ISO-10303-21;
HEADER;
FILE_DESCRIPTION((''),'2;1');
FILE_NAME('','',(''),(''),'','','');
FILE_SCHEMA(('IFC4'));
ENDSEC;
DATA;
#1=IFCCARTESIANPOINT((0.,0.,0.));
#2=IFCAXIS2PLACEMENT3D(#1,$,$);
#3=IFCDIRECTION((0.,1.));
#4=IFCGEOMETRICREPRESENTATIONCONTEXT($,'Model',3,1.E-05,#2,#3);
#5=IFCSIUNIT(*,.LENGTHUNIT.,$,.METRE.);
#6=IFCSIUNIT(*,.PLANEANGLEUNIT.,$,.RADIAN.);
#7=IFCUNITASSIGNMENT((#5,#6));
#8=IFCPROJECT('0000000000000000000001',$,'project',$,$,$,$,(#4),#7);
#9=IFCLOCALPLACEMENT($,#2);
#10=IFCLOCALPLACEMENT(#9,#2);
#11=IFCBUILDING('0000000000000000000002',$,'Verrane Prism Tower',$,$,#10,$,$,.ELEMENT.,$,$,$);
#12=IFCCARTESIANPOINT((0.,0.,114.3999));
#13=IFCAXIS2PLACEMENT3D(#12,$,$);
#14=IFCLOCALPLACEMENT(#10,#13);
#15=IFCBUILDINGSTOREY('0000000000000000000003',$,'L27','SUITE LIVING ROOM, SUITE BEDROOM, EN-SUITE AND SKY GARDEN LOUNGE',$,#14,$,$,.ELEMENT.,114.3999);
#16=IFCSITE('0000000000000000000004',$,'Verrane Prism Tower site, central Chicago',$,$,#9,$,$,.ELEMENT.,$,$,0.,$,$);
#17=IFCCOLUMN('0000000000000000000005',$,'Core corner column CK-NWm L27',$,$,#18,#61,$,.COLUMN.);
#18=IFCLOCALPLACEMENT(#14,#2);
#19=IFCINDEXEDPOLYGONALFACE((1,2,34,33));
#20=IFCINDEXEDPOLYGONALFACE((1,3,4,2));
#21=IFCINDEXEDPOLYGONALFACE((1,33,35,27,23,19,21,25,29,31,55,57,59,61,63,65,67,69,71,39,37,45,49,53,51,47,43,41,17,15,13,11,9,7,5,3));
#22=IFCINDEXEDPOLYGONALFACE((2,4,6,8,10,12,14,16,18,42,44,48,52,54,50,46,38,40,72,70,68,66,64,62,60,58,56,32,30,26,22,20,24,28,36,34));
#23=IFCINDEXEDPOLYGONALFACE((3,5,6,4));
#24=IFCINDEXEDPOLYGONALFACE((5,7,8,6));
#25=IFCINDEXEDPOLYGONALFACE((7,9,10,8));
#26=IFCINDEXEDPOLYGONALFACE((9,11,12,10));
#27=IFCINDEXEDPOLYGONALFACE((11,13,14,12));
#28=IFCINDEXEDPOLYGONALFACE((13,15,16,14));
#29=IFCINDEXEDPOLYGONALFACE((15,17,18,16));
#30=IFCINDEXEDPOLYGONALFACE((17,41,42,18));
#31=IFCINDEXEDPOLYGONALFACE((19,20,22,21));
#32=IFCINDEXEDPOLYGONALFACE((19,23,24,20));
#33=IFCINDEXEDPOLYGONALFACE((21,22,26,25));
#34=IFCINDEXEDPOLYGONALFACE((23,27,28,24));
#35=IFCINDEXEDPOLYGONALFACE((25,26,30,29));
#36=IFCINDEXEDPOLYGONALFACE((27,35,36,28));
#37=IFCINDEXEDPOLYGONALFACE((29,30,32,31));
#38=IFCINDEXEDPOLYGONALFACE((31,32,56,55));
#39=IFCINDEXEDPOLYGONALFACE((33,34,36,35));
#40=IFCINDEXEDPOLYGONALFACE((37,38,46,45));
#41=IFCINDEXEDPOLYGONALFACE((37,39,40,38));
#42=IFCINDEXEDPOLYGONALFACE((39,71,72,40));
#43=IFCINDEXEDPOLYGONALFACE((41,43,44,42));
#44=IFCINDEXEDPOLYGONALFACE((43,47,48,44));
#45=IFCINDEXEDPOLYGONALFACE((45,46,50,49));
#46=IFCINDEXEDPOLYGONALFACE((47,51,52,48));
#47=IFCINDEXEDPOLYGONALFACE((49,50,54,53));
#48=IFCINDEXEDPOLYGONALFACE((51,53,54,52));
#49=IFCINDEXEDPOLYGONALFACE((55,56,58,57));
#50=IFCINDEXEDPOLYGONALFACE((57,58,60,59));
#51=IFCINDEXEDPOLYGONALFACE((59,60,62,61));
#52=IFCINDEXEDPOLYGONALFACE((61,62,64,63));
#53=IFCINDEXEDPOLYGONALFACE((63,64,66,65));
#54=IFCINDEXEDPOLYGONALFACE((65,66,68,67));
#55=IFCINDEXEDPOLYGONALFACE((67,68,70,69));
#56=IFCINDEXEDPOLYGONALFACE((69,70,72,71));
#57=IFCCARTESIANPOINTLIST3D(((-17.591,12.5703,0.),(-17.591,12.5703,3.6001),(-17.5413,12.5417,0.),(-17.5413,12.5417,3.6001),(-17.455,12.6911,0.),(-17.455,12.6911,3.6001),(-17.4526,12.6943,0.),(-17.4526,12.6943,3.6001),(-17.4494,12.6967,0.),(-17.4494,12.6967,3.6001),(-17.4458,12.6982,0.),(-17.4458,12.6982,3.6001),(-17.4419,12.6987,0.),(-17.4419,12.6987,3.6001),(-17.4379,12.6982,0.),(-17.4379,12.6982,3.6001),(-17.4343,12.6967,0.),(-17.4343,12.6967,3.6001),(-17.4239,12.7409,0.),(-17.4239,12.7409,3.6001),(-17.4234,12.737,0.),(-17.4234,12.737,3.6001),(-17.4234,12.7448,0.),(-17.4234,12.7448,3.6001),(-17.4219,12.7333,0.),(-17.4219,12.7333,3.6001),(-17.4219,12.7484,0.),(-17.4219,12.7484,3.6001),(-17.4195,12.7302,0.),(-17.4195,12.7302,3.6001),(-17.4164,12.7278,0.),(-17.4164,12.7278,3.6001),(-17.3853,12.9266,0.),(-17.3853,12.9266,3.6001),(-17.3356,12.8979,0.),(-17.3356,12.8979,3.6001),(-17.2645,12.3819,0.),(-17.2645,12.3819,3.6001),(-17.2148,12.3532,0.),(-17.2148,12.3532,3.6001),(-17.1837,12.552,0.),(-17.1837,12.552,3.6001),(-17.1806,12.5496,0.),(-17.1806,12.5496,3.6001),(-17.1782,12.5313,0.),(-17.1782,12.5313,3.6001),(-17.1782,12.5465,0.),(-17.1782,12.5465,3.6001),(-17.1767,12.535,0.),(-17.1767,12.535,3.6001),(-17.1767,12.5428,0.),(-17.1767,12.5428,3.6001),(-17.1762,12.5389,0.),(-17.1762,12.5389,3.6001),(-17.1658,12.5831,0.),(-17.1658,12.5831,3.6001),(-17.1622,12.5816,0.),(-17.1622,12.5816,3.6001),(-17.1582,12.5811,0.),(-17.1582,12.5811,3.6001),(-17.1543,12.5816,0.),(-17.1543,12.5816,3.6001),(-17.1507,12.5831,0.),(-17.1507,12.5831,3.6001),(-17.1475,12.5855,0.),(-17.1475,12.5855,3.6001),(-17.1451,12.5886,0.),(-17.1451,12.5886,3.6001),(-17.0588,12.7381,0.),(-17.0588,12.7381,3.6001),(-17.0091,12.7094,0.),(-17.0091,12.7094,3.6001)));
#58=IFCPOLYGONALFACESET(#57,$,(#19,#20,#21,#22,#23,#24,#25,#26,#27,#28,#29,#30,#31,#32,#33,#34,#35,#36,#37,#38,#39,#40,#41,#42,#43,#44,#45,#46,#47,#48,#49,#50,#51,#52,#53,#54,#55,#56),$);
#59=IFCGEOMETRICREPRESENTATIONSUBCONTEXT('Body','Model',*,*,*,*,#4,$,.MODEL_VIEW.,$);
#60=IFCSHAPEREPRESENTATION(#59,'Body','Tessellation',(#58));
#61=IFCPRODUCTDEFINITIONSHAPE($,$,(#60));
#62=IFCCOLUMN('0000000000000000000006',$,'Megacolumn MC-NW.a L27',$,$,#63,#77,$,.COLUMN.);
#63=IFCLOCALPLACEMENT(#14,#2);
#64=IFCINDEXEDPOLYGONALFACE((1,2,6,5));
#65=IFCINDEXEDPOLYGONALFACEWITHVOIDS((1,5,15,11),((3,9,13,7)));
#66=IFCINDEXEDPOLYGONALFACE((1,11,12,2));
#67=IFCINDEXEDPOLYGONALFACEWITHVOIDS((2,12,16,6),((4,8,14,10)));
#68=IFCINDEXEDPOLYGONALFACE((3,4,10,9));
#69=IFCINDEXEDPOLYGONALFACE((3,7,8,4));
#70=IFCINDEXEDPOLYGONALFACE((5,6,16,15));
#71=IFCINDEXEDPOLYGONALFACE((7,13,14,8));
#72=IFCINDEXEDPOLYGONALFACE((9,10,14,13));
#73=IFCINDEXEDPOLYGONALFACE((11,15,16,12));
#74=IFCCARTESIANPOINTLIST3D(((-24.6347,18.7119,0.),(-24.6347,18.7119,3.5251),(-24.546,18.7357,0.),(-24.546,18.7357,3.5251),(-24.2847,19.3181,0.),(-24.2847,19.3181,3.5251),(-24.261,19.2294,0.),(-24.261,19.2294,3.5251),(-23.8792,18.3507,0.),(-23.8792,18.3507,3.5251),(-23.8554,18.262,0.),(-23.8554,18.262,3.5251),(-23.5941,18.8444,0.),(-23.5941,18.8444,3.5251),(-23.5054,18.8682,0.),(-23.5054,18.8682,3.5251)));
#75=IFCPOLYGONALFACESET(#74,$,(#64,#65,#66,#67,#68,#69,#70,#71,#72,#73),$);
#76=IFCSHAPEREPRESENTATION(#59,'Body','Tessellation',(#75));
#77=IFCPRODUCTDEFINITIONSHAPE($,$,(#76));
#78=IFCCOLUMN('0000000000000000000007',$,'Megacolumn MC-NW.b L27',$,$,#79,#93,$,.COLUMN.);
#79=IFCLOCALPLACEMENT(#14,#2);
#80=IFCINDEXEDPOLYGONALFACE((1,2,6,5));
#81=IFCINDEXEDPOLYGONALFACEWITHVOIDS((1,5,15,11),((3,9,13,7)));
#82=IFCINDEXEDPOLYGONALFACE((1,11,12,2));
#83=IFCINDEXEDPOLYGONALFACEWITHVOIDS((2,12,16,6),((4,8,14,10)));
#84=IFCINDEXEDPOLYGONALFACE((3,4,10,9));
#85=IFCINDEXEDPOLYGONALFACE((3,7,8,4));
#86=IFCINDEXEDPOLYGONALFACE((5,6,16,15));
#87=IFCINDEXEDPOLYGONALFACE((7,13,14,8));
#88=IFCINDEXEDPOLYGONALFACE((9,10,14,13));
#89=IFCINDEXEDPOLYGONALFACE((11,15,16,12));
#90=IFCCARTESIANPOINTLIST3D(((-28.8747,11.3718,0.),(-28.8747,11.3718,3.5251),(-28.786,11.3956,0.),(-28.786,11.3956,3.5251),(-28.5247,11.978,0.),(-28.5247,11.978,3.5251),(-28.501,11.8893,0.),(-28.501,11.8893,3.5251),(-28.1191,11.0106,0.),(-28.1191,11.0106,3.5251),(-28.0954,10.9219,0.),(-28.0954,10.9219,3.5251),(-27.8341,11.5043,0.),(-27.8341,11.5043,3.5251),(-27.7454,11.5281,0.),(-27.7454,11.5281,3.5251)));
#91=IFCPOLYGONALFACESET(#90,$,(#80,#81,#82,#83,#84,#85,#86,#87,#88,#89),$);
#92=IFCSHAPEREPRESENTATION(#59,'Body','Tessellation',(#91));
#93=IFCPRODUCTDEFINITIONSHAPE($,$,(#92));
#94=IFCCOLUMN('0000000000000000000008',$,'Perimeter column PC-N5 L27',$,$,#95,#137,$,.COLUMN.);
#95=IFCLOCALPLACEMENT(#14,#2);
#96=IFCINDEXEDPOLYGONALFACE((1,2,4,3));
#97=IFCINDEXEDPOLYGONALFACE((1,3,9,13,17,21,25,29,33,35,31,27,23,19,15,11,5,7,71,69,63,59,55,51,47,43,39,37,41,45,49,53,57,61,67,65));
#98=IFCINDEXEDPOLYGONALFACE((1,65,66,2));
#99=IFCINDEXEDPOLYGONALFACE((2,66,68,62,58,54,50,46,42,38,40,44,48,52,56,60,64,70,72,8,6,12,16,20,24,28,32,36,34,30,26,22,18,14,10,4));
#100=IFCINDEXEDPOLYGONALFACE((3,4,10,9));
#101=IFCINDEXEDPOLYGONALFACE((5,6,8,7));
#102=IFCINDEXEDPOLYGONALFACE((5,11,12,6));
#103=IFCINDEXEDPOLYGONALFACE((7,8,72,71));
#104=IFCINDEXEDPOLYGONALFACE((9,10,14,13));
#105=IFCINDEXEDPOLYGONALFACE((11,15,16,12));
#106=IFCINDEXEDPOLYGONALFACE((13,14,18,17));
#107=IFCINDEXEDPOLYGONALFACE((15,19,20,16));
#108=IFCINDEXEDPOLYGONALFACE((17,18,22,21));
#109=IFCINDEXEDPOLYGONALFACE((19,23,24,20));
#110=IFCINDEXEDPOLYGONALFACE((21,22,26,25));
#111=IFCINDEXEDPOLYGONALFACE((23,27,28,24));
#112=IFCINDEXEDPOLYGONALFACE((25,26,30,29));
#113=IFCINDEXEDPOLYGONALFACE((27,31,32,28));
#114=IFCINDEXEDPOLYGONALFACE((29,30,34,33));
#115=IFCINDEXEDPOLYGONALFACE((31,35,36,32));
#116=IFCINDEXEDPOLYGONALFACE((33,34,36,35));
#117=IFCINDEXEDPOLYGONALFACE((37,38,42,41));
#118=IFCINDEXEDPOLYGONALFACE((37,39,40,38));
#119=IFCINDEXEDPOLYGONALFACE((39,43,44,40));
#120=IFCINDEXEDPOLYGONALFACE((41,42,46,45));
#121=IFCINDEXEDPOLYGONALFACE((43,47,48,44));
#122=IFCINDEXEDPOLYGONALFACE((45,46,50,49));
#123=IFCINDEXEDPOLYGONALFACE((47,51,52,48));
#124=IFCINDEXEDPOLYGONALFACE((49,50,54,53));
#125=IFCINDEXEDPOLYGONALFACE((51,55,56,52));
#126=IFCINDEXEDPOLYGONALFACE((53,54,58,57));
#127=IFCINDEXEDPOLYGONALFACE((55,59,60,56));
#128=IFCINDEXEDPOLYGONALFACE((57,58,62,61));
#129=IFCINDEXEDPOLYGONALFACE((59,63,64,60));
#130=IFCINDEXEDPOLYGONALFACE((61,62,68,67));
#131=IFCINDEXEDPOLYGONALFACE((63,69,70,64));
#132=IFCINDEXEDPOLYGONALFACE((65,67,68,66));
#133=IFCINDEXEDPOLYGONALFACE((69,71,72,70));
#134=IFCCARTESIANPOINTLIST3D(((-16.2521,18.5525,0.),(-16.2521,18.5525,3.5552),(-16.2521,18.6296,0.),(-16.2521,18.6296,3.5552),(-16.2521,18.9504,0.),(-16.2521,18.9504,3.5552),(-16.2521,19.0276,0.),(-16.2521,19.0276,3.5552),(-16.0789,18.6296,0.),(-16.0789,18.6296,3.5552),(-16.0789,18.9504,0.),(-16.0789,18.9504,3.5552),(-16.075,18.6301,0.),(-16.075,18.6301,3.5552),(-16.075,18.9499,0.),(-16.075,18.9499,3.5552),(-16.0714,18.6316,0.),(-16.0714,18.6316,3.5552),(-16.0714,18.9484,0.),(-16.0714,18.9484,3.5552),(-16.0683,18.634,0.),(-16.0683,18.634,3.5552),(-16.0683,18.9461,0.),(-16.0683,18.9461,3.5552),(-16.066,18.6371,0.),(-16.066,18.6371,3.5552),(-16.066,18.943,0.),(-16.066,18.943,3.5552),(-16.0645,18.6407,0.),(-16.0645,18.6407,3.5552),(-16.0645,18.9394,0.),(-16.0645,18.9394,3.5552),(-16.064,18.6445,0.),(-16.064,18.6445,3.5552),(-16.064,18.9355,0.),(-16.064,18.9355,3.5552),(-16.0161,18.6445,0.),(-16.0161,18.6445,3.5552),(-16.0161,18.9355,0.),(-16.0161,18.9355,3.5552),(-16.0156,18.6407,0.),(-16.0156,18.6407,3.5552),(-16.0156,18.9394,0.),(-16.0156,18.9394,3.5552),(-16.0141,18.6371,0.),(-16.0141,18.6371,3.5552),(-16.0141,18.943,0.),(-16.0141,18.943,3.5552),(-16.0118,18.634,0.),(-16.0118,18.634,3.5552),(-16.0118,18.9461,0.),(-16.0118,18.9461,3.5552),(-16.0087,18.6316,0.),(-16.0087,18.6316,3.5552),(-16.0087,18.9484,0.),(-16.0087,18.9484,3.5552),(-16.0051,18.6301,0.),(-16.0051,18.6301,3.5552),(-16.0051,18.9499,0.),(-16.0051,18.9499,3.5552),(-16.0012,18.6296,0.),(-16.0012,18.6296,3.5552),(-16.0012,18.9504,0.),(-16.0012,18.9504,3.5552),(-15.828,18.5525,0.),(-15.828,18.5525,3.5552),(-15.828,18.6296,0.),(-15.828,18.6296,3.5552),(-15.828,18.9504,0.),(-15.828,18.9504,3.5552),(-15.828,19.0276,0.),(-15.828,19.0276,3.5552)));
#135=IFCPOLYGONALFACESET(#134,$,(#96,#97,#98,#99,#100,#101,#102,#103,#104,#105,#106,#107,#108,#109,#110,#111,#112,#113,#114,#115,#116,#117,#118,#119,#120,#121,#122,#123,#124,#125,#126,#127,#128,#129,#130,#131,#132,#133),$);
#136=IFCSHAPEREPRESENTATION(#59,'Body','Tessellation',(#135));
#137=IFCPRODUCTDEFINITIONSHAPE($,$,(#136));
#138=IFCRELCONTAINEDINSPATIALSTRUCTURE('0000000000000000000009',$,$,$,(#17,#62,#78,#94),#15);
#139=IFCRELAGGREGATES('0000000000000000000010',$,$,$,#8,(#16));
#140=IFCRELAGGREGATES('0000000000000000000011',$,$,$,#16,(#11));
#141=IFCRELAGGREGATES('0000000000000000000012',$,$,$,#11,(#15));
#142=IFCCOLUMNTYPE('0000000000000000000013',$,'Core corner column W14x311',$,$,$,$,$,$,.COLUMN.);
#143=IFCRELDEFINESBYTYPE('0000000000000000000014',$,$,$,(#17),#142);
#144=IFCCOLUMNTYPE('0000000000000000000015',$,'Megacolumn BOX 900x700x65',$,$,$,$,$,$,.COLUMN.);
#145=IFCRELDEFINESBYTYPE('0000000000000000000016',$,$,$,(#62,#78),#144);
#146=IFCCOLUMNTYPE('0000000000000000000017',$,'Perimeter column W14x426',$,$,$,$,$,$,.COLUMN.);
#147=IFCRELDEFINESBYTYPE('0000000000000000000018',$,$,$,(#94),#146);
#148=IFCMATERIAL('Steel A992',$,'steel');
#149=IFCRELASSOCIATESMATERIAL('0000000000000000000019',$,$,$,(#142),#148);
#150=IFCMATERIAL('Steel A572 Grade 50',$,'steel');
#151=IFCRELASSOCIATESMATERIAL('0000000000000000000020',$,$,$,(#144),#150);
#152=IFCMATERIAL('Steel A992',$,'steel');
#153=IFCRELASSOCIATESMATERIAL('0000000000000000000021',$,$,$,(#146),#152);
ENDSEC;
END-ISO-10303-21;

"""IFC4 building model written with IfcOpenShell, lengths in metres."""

from ifc_helpers import new_model, si_unit, direction, frame, origin, origin_2d, place, context, subcontext, project, spatial, hollow_rectangle, i_section, extrude, material, material_profile, profile_set, type_object, element, save


model = new_model("IFC4")

# Units and contexts
model_context = context("Model", 3, precision=1e-05, world=origin(), true_north=direction((0.0, 1.0)))
body_context = subcontext(model_context, "Body", "Model", "MODEL_VIEW")
ifc_project = project(units=[si_unit("LENGTHUNIT", "METRE"), si_unit("PLANEANGLEUNIT", "RADIAN")], contexts=[model_context])

# Site, building, storey
site_placement = place(None, origin())
site = spatial("IfcSite", under=ifc_project, at=site_placement, Name="Verrane Prism Tower site, central Chicago", CompositionType="ELEMENT", RefElevation=0.0)
building_placement = place(site_placement, origin())
building = spatial("IfcBuilding", under=site, at=building_placement, Name="Verrane Prism Tower", CompositionType="ELEMENT")
storey_placement = place(building_placement, frame((0.0, 0.0, 114.3999)))
storey = spatial("IfcBuildingStorey", under=building, at=storey_placement, Name="L27", Description="SUITE LIVING ROOM, SUITE BEDROOM, EN-SUITE AND SKY GARDEN LOUNGE", CompositionType="ELEMENT", Elevation=114.3999)

# Columns
ifc_material_1 = material(Name="Steel A992", Category="steel")
ifc_material_profile_1 = material_profile(ifc_material_1, i_section(OverallWidth=0.4114, OverallDepth=0.4343, WebThickness=0.0359, FlangeThickness=0.0574, FilletRadius=0.0151, at=origin_2d()), Name="W14x311")
ifc_profile_set_1 = profile_set([ifc_material_profile_1], Name="Steel A992")
column_type_1 = type_object("IfcColumnType", Name="Core corner column W14x311", PredefinedType="COLUMN", material=ifc_profile_set_1)
column_1_placement = place(storey_placement, frame((-17.3, 12.6399, 0.0), z_axis=(0.0, 0.0, 1.0), x_axis=(0.5, 0.866025, 0.0)))
element("IfcColumn", 1, at=column_1_placement, inside=storey, type_object=column_type_1, Name="Core corner column CK-NWm L27", PredefinedType="COLUMN", context=body_context, shape_type="SweptSolid", body=[
    extrude(i_section(OverallWidth=0.4114, OverallDepth=0.4343, WebThickness=0.0359, FlangeThickness=0.0574, FilletRadius=0.0151, at=origin_2d()), origin(), (0.0, 0.0, 1.0), 3.6001),
])
ifc_material_2 = material(Name="Steel A572 Grade 50", Category="steel")
ifc_material_profile_2 = material_profile(ifc_material_2, hollow_rectangle(XDim=0.7, YDim=0.8999, WallThickness=0.0649, at=origin_2d()), Name="BOX 900x700x65")
ifc_profile_set_2 = profile_set([ifc_material_profile_2], Name="Steel A572 Grade 50")
column_type_2 = type_object("IfcColumnType", Name="Megacolumn BOX 900x700x65", PredefinedType="COLUMN", material=ifc_profile_set_2)
for number, where, z_axis, x_axis, name in (
    (2, (-24.0701, 18.79, 0.0), (0.0, 0.0, 1.0), (0.5, 0.866025, 0.0), "Megacolumn MC-NW.a L27"),
    (3, (-28.3101, 11.45, 0.0), (0.0, 0.0, 1.0), (0.5, 0.866025, 0.0), "Megacolumn MC-NW.b L27"),
):
    element("IfcColumn", number, at=place(storey_placement, frame(where, z_axis=z_axis, x_axis=x_axis)), inside=storey, type_object=column_type_2, Name=name, PredefinedType="COLUMN", context=body_context, shape_type="SweptSolid", body=[
        extrude(hollow_rectangle(XDim=0.7, YDim=0.8999, WallThickness=0.0649, at=origin_2d()), origin(), (0.0, 0.0, 1.0), 3.5251),
    ])
ifc_material_3 = material(Name="Steel A992", Category="steel")
ifc_material_profile_3 = material_profile(ifc_material_3, i_section(OverallWidth=0.4241, OverallDepth=0.4751, WebThickness=0.0479, FlangeThickness=0.0771, FilletRadius=0.0149, at=origin_2d()), Name="W14x426")
ifc_profile_set_3 = profile_set([ifc_material_profile_3], Name="Steel A992")
column_type_3 = type_object("IfcColumnType", Name="Perimeter column W14x426", PredefinedType="COLUMN", material=ifc_profile_set_3)
column_2_placement = place(storey_placement, frame((-16.04, 18.79, 0.0), z_axis=(0.0, 0.0, 1.0), x_axis=(1.0, 0.0, 0.0)))
element("IfcColumn", 4, at=column_2_placement, inside=storey, type_object=column_type_3, Name="Perimeter column PC-N5 L27", PredefinedType="COLUMN", context=body_context, shape_type="SweptSolid", body=[
    extrude(i_section(OverallWidth=0.4241, OverallDepth=0.4751, WebThickness=0.0479, FlangeThickness=0.0771, FilletRadius=0.0149, at=origin_2d()), origin(), (0.0, 0.0, 1.0), 3.5552),
])

save(model, "model.ifc")
